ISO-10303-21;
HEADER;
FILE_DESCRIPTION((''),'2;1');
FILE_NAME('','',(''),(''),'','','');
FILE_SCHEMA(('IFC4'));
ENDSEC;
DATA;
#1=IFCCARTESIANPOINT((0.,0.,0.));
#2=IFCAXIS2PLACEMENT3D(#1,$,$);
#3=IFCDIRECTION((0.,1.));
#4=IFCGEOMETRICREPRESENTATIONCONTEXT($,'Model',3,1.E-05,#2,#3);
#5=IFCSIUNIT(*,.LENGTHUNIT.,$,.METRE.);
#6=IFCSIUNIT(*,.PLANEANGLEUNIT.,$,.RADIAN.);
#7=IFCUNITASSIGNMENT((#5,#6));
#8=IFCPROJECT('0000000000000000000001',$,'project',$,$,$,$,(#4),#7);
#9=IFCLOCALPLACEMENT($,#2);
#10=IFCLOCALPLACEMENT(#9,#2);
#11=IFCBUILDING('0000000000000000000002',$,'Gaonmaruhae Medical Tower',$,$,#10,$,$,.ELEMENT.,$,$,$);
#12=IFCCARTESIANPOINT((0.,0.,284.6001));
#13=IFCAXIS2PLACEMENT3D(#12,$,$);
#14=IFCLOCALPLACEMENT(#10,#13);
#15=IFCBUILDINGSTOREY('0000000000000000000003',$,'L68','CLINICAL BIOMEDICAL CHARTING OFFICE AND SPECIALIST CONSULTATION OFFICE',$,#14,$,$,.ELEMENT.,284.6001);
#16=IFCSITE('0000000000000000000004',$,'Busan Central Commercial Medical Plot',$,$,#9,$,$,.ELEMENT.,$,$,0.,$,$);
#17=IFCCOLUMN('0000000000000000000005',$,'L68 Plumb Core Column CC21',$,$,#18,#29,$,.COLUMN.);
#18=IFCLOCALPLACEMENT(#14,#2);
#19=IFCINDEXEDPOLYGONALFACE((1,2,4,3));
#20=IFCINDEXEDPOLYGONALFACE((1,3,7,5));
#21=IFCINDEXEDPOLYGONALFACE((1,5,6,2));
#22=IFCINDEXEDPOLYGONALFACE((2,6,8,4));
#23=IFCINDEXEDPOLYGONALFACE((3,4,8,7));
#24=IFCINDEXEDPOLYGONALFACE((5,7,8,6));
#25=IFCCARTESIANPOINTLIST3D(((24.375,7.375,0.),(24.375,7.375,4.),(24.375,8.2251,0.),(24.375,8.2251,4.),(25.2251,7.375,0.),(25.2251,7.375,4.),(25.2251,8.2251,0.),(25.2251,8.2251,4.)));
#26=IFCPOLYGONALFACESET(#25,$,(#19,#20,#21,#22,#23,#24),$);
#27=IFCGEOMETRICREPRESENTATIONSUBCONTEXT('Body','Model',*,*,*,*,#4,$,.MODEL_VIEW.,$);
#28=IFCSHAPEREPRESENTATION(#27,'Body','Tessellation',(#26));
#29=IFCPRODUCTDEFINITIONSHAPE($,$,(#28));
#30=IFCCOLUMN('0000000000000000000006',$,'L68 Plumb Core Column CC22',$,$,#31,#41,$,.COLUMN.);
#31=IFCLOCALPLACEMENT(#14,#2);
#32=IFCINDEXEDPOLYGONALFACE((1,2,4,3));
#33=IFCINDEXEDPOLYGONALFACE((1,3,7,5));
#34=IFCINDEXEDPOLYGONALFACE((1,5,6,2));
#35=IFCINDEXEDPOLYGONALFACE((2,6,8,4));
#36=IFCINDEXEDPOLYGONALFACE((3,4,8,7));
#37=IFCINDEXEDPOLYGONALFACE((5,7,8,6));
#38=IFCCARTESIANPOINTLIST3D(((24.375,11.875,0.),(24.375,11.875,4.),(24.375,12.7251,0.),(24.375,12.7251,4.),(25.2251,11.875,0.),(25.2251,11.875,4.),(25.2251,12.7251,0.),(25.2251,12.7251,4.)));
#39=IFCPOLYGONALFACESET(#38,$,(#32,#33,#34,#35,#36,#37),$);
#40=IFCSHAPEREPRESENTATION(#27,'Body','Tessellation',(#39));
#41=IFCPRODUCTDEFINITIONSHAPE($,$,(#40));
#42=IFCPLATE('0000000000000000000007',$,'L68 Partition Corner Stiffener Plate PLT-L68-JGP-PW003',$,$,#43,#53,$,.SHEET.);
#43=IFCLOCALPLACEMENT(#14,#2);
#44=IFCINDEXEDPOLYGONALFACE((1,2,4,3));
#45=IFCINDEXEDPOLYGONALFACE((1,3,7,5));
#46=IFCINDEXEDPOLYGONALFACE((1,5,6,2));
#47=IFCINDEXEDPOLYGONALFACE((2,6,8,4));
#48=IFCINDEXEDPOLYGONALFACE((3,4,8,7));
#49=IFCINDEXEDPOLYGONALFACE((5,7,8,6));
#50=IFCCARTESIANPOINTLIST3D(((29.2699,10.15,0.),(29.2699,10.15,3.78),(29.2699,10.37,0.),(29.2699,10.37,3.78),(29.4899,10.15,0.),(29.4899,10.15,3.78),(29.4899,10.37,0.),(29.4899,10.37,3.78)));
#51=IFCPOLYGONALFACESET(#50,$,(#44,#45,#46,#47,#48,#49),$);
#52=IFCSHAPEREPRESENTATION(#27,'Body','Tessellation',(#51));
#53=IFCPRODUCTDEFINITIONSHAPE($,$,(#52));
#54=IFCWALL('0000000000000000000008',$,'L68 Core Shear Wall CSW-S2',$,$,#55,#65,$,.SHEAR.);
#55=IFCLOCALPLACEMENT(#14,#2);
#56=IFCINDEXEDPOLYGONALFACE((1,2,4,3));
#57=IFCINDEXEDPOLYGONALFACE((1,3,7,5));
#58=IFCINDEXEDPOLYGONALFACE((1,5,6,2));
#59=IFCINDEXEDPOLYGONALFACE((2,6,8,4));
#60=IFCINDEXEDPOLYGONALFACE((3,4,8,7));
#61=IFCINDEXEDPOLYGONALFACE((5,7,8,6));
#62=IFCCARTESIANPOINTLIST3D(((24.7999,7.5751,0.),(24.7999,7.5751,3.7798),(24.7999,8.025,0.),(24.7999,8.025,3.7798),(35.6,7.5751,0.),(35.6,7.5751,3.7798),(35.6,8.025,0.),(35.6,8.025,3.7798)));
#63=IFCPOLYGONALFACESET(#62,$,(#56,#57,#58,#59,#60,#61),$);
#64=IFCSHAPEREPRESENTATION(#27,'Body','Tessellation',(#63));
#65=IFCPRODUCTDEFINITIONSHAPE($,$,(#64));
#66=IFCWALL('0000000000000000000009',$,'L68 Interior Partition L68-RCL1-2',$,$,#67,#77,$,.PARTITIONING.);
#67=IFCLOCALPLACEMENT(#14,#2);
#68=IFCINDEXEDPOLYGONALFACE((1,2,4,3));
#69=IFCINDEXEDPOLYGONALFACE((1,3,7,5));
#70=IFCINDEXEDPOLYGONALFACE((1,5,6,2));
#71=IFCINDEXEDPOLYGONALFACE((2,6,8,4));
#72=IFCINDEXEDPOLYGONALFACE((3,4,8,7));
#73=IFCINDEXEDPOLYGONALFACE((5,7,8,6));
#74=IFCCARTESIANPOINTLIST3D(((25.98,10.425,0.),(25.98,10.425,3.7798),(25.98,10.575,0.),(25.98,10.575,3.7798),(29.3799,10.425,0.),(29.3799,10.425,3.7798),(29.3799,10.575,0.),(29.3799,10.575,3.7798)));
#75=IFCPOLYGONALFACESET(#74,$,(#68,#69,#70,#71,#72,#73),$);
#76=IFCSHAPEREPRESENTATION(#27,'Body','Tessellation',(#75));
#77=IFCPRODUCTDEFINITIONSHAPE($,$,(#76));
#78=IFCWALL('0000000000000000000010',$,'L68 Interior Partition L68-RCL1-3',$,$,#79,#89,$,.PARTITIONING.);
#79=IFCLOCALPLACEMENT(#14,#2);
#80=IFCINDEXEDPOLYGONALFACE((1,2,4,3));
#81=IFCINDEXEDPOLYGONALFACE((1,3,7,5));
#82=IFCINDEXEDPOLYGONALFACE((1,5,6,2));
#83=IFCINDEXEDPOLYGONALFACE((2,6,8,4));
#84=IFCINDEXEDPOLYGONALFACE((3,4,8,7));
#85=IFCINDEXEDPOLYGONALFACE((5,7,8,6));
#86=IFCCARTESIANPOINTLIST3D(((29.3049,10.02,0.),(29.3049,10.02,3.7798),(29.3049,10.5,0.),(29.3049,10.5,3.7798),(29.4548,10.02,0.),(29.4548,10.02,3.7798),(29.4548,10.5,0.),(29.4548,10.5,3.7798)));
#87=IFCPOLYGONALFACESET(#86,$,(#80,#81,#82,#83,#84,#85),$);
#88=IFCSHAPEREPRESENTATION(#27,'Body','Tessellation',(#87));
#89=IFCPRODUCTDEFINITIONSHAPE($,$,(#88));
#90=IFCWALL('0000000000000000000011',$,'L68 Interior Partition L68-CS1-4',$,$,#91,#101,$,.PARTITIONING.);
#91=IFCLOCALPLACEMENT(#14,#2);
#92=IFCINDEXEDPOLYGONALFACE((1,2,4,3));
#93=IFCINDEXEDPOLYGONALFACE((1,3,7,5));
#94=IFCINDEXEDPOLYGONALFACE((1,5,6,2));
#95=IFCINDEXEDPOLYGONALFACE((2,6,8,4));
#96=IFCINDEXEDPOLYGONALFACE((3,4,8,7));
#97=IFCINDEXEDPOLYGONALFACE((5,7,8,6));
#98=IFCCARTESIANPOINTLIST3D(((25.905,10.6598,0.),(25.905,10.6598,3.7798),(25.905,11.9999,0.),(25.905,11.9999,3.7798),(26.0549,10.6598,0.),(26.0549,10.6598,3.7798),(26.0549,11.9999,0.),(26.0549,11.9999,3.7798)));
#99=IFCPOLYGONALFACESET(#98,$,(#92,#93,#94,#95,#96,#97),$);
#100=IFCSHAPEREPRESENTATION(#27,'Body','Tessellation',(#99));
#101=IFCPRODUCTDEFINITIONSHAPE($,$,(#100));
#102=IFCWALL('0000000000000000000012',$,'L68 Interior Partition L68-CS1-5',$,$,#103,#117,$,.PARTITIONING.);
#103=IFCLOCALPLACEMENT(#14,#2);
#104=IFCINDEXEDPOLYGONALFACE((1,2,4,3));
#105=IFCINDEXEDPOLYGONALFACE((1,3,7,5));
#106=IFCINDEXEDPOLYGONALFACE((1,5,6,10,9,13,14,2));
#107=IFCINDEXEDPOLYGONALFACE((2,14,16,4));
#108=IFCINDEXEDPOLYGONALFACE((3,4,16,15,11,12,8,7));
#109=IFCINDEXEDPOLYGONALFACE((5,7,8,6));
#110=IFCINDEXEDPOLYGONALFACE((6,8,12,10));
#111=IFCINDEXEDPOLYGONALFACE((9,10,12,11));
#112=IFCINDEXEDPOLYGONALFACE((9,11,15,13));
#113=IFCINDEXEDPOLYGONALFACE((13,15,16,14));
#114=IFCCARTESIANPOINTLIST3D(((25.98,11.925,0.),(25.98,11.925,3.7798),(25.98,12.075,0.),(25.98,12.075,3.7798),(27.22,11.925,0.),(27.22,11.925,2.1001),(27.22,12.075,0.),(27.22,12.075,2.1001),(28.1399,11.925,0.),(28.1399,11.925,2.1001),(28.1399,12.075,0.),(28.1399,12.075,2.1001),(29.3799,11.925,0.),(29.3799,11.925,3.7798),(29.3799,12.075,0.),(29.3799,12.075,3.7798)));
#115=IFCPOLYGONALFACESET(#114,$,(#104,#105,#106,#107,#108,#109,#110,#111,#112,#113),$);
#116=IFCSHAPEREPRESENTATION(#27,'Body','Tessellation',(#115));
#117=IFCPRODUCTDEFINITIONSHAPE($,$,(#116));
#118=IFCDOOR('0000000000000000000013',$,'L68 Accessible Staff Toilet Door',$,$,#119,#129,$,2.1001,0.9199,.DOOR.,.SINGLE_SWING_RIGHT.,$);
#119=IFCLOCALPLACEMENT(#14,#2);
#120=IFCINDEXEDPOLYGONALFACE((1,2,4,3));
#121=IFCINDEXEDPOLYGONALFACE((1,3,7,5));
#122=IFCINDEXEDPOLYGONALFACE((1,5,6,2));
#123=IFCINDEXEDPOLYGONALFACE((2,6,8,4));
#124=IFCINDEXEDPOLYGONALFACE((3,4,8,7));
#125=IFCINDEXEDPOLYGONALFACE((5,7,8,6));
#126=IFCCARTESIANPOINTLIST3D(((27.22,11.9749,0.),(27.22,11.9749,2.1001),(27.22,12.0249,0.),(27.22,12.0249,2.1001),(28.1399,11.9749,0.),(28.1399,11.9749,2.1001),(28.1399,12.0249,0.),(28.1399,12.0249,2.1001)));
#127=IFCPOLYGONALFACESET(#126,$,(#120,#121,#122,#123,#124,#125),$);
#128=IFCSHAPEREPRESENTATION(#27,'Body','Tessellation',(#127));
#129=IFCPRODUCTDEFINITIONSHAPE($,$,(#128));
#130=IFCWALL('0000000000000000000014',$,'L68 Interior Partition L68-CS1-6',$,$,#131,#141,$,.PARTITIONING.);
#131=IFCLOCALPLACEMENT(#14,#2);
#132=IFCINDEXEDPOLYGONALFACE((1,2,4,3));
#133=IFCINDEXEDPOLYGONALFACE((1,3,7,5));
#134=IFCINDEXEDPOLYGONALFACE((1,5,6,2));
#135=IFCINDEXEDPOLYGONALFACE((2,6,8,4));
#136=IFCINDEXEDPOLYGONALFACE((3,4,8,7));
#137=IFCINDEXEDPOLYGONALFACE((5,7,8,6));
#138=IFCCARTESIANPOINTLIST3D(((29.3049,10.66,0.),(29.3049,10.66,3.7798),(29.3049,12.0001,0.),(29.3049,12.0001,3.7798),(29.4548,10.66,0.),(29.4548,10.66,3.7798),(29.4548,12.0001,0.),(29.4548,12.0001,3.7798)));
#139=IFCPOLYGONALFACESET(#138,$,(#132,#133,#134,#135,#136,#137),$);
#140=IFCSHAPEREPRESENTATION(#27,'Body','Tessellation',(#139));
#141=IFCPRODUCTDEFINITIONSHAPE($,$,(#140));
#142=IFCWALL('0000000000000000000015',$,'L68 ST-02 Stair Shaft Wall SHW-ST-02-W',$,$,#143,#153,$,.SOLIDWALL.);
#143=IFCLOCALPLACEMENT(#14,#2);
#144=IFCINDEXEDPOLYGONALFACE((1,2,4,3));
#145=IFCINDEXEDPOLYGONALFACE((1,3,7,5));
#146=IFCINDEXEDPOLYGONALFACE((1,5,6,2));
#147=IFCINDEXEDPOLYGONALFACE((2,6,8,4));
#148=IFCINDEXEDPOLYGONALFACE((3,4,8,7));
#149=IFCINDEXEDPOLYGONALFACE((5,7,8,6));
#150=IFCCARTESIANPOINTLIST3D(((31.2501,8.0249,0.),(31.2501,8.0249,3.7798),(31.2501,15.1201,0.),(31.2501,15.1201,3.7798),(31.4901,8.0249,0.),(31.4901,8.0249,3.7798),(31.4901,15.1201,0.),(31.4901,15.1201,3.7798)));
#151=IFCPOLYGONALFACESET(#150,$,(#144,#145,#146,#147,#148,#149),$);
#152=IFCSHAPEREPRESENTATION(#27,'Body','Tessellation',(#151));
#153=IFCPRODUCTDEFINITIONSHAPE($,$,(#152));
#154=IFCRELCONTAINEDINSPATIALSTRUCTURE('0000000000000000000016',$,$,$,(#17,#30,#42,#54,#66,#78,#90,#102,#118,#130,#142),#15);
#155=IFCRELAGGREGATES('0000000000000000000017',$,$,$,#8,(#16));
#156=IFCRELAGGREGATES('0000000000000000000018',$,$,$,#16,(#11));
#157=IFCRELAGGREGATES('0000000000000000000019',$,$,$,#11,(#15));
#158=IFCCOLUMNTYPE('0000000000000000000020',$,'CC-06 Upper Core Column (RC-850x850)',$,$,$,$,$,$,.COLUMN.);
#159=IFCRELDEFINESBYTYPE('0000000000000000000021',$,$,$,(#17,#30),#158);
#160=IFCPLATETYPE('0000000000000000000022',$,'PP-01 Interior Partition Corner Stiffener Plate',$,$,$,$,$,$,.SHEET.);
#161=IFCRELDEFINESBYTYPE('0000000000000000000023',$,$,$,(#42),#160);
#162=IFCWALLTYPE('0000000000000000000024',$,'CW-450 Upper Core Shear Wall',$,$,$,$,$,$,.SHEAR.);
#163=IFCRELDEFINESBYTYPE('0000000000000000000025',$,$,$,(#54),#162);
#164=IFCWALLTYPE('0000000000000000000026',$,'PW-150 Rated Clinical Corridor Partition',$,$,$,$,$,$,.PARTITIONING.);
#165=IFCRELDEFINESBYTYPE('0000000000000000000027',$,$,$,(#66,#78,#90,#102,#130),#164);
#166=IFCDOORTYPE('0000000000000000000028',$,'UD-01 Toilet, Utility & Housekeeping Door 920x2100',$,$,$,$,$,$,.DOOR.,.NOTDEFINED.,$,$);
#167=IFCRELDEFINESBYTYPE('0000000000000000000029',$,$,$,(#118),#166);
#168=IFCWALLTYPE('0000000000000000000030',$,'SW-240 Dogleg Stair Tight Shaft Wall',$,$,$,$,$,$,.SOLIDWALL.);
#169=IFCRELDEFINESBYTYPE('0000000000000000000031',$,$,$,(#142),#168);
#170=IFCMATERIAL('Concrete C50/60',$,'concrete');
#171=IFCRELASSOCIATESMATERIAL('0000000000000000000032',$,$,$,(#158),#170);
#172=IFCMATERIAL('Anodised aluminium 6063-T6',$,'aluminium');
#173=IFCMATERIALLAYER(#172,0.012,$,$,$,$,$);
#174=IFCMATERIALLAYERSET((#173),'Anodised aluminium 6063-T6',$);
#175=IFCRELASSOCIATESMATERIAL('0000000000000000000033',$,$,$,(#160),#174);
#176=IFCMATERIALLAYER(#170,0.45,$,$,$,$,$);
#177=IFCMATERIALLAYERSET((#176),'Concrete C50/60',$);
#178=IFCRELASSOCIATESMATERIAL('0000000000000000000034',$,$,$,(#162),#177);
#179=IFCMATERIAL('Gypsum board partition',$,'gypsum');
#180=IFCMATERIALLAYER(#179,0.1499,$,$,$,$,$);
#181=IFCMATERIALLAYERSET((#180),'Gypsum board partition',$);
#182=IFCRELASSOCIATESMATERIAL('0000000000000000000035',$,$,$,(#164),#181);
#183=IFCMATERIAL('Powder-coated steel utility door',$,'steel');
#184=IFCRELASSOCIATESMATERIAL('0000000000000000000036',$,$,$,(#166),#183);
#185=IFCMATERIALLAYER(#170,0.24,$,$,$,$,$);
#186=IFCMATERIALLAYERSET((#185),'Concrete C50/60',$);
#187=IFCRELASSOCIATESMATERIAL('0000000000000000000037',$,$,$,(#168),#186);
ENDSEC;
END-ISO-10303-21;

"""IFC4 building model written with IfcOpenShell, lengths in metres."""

from ifc_helpers import new_model, si_unit, direction, frame, frame_2d, origin, origin_2d, place, context, subcontext, project, spatial, rectangle, extrude, material, layer, layer_set, material_profile, profile_set, type_object, element, fill, save


model = new_model("IFC4")

# Units and contexts
model_context = context("Model", 3, precision=1e-05, world=origin(), true_north=direction((0.0, 1.0)))
body_context = subcontext(model_context, "Body", "Model", "MODEL_VIEW")
ifc_project = project(units=[si_unit("LENGTHUNIT", "METRE"), si_unit("PLANEANGLEUNIT", "RADIAN")], contexts=[model_context])

# Site, building, storey
site_placement = place(None, origin())
site = spatial("IfcSite", under=ifc_project, at=site_placement, Name="Busan Central Commercial Medical Plot", CompositionType="ELEMENT", RefElevation=0.0)
building_placement = place(site_placement, origin())
building = spatial("IfcBuilding", under=site, at=building_placement, Name="Gaonmaruhae Medical Tower", CompositionType="ELEMENT")
storey_placement = place(building_placement, frame((0.0, 0.0, 284.6001)))
storey = spatial("IfcBuildingStorey", under=building, at=storey_placement, Name="L68", Description="CLINICAL BIOMEDICAL CHARTING OFFICE AND SPECIALIST CONSULTATION OFFICE", CompositionType="ELEMENT", Elevation=284.6001)

# Columns
ifc_material_1 = material(Name="Concrete C50/60", Category="concrete")
ifc_material_profile = material_profile(ifc_material_1, rectangle(XDim=0.8501, YDim=0.8501, at=origin_2d()), Name="RC-850x850")
ifc_profile_set = profile_set([ifc_material_profile], Name="Concrete C50/60")
column_type = type_object("IfcColumnType", Name="CC-06 Upper Core Column (RC-850x850)", PredefinedType="COLUMN", material=ifc_profile_set)
for number, where, z_axis, x_axis, name in (
    (1, (24.8, 7.8, 0.0), (0.0, 0.0, 1.0), (1.0, 0.0, 0.0), "L68 Plumb Core Column CC21"),
    (2, (24.8, 12.3, 0.0), (0.0, 0.0, 1.0), (1.0, 0.0, 0.0), "L68 Plumb Core Column CC22"),
):
    element("IfcColumn", number, at=place(storey_placement, frame(where, z_axis=z_axis, x_axis=x_axis)), inside=storey, type_object=column_type, Name=name, PredefinedType="COLUMN", context=body_context, shape_type="SweptSolid", body=[
        extrude(rectangle(XDim=0.8501, YDim=0.8501, at=origin_2d()), origin(), (0.0, 0.0, 1.0), 4.0),
    ])

# Plate
ifc_material_2 = material(Name="Anodised aluminium 6063-T6", Category="aluminium")
ifc_layer_1 = layer(ifc_material_2, 0.012)
ifc_layer_set_1 = layer_set([ifc_layer_1], Name="Anodised aluminium 6063-T6")
plate_type = type_object("IfcPlateType", Name="PP-01 Interior Partition Corner Stiffener Plate", PredefinedType="SHEET", material=ifc_layer_set_1)
plate_placement = place(storey_placement, frame((29.3799, 10.26, 0.0), z_axis=(0.0, 0.0, 1.0), x_axis=(0.0, -1.0, 0.0)))
element("IfcPlate", 3, at=plate_placement, inside=storey, type_object=plate_type, Name="L68 Partition Corner Stiffener Plate PLT-L68-JGP-PW003", PredefinedType="SHEET", context=body_context, shape_type="SweptSolid", body=[
    extrude(rectangle(XDim=0.22, YDim=0.22, at=origin_2d()), origin(), (0.0, 0.0, 1.0), 3.78),
])

# Wall
ifc_layer_2 = layer(ifc_material_1, 0.45)
ifc_layer_set_2 = layer_set([ifc_layer_2], Name="Concrete C50/60")
wall_type_1 = type_object("IfcWallType", Name="CW-450 Upper Core Shear Wall", PredefinedType="SHEAR", material=ifc_layer_set_2)
wall_1_placement = place(storey_placement, frame((24.8, 7.8, 0.0), z_axis=(0.0, 0.0, 1.0), x_axis=(1.0, 0.0, 0.0)))
element("IfcWall", 4, at=wall_1_placement, inside=storey, type_object=wall_type_1, Name="L68 Core Shear Wall CSW-S2", PredefinedType="SHEAR", context=body_context, shape_type="SweptSolid", body=[
    extrude(rectangle(XDim=10.8, YDim=0.45, at=frame_2d((5.3999, 0.0))), origin(), (0.0, 0.0, 1.0), 3.7798),
])

# Shared definitions
ifc_material_3 = material(Name="Gypsum board partition", Category="gypsum")
ifc_layer_3 = layer(ifc_material_3, 0.1499)
ifc_layer_set_3 = layer_set([ifc_layer_3], Name="Gypsum board partition")
wall_type_2 = type_object("IfcWallType", Name="PW-150 Rated Clinical Corridor Partition", PredefinedType="PARTITIONING", material=ifc_layer_set_3)

# Walls
wall_2_placement = place(storey_placement, frame((25.98, 10.5, 0.0), z_axis=(0.0, 0.0, 1.0), x_axis=(1.0, 0.0, 0.0)))
element("IfcWall", 5, at=wall_2_placement, inside=storey, type_object=wall_type_2, Name="L68 Interior Partition L68-RCL1-2", PredefinedType="PARTITIONING", context=body_context, shape_type="SweptSolid", body=[
    extrude(rectangle(XDim=3.3999, YDim=0.1499, at=frame_2d((1.7, 0.0))), origin(), (0.0, 0.0, 1.0), 3.7798),
])
wall_3_placement = place(storey_placement, frame((29.3799, 10.5, 0.0), z_axis=(0.0, 0.0, 1.0), x_axis=(0.0, -1.0, 0.0)))
element("IfcWall", 6, at=wall_3_placement, inside=storey, type_object=wall_type_2, Name="L68 Interior Partition L68-RCL1-3", PredefinedType="PARTITIONING", context=body_context, shape_type="SweptSolid", body=[
    extrude(rectangle(XDim=0.48, YDim=0.1499, at=frame_2d((0.24, 0.0))), origin(), (0.0, 0.0, 1.0), 3.7798),
])
wall_4_placement = place(storey_placement, frame((25.98, 10.6599, 0.0), z_axis=(0.0, 0.0, 1.0), x_axis=(0.0, 1.0, 0.0)))
element("IfcWall", 7, at=wall_4_placement, inside=storey, type_object=wall_type_2, Name="L68 Interior Partition L68-CS1-4", PredefinedType="PARTITIONING", context=body_context, shape_type="SweptSolid", body=[
    extrude(rectangle(XDim=1.3401, YDim=0.1499, at=frame_2d((0.6699, 0.0))), origin(), (0.0, 0.0, 1.0), 3.7798),
])

# Wall, opening, door
wall_5_placement = place(storey_placement, frame((25.98, 12.0, 0.0), z_axis=(0.0, 0.0, 1.0), x_axis=(1.0, 0.0, 0.0)))
wall_5 = element("IfcWall", 8, at=wall_5_placement, inside=storey, type_object=wall_type_2, Name="L68 Interior Partition L68-CS1-5", PredefinedType="PARTITIONING", context=body_context, shape_type="SweptSolid", body=[
    extrude(rectangle(XDim=3.3999, YDim=0.1499, at=frame_2d((1.7, 0.0))), origin(), (0.0, 0.0, 1.0), 3.7798),
])
opening_1_placement = place(wall_5_placement, frame((1.24, 0.0, 0.0)))
opening_1 = element("IfcOpeningElement", 9, at=opening_1_placement, cuts=wall_5, PredefinedType="OPENING", context=body_context, shape_type="SweptSolid", body=[
    extrude(rectangle(XDim=0.9199, YDim=2.1001, at=frame_2d((0.46, 1.05))), frame((0.0, 0.085, 0.0), z_axis=(0.0, -1.0, 0.0), x_axis=(1.0, 0.0, 0.0)), (0.0, 0.0, 1.0), 0.1699),
])
ifc_material_4 = material(Name="Powder-coated steel utility door", Category="steel")
door_type_1 = type_object("IfcDoorType", Name="UD-01 Toilet, Utility & Housekeeping Door 920x2100", OperationType="NOTDEFINED", PredefinedType="DOOR", material=ifc_material_4)
door_1_placement = place(opening_1_placement, origin())
door_1 = element("IfcDoor", 10, at=door_1_placement, inside=storey, type_object=door_type_1, Name="L68 Accessible Staff Toilet Door", OperationType="SINGLE_SWING_RIGHT", OverallHeight=2.1001, OverallWidth=0.9199, PredefinedType="DOOR", context=body_context, shape_type="SweptSolid", body=[
    extrude(rectangle(XDim=0.9199, YDim=2.1001, at=frame_2d((0.46, 1.05))), frame((0.0, 0.0249, 0.0), z_axis=(0.0, -1.0, 0.0), x_axis=(1.0, 0.0, 0.0)), (0.0, 0.0, 1.0), 0.05),
])
fill(opening_1, door_1)

# Walls
wall_6_placement = place(storey_placement, frame((29.3799, 12.0, 0.0), z_axis=(0.0, 0.0, 1.0), x_axis=(0.0, -1.0, 0.0)))
element("IfcWall", 11, at=wall_6_placement, inside=storey, type_object=wall_type_2, Name="L68 Interior Partition L68-CS1-6", PredefinedType="PARTITIONING", context=body_context, shape_type="SweptSolid", body=[
    extrude(rectangle(XDim=1.3401, YDim=0.1499, at=frame_2d((0.6699, 0.0))), origin(), (0.0, 0.0, 1.0), 3.7798),
])
ifc_layer_4 = layer(ifc_material_1, 0.24)
ifc_layer_set_4 = layer_set([ifc_layer_4], Name="Concrete C50/60")
wall_type_3 = type_object("IfcWallType", Name="SW-240 Dogleg Stair Tight Shaft Wall", PredefinedType="SOLIDWALL", material=ifc_layer_set_4)
wall_7_placement = place(storey_placement, frame((31.3701, 8.0249, 0.0), z_axis=(0.0, 0.0, 1.0), x_axis=(0.0, 1.0, 0.0)))
element("IfcWall", 12, at=wall_7_placement, inside=storey, type_object=wall_type_3, Name="L68 ST-02 Stair Shaft Wall SHW-ST-02-W", PredefinedType="SOLIDWALL", context=body_context, shape_type="SweptSolid", body=[
    extrude(rectangle(XDim=7.0952, YDim=0.24, at=frame_2d((3.5476, 0.0))), origin(), (0.0, 0.0, 1.0), 3.7798),
])

save(model, "model.ifc")
